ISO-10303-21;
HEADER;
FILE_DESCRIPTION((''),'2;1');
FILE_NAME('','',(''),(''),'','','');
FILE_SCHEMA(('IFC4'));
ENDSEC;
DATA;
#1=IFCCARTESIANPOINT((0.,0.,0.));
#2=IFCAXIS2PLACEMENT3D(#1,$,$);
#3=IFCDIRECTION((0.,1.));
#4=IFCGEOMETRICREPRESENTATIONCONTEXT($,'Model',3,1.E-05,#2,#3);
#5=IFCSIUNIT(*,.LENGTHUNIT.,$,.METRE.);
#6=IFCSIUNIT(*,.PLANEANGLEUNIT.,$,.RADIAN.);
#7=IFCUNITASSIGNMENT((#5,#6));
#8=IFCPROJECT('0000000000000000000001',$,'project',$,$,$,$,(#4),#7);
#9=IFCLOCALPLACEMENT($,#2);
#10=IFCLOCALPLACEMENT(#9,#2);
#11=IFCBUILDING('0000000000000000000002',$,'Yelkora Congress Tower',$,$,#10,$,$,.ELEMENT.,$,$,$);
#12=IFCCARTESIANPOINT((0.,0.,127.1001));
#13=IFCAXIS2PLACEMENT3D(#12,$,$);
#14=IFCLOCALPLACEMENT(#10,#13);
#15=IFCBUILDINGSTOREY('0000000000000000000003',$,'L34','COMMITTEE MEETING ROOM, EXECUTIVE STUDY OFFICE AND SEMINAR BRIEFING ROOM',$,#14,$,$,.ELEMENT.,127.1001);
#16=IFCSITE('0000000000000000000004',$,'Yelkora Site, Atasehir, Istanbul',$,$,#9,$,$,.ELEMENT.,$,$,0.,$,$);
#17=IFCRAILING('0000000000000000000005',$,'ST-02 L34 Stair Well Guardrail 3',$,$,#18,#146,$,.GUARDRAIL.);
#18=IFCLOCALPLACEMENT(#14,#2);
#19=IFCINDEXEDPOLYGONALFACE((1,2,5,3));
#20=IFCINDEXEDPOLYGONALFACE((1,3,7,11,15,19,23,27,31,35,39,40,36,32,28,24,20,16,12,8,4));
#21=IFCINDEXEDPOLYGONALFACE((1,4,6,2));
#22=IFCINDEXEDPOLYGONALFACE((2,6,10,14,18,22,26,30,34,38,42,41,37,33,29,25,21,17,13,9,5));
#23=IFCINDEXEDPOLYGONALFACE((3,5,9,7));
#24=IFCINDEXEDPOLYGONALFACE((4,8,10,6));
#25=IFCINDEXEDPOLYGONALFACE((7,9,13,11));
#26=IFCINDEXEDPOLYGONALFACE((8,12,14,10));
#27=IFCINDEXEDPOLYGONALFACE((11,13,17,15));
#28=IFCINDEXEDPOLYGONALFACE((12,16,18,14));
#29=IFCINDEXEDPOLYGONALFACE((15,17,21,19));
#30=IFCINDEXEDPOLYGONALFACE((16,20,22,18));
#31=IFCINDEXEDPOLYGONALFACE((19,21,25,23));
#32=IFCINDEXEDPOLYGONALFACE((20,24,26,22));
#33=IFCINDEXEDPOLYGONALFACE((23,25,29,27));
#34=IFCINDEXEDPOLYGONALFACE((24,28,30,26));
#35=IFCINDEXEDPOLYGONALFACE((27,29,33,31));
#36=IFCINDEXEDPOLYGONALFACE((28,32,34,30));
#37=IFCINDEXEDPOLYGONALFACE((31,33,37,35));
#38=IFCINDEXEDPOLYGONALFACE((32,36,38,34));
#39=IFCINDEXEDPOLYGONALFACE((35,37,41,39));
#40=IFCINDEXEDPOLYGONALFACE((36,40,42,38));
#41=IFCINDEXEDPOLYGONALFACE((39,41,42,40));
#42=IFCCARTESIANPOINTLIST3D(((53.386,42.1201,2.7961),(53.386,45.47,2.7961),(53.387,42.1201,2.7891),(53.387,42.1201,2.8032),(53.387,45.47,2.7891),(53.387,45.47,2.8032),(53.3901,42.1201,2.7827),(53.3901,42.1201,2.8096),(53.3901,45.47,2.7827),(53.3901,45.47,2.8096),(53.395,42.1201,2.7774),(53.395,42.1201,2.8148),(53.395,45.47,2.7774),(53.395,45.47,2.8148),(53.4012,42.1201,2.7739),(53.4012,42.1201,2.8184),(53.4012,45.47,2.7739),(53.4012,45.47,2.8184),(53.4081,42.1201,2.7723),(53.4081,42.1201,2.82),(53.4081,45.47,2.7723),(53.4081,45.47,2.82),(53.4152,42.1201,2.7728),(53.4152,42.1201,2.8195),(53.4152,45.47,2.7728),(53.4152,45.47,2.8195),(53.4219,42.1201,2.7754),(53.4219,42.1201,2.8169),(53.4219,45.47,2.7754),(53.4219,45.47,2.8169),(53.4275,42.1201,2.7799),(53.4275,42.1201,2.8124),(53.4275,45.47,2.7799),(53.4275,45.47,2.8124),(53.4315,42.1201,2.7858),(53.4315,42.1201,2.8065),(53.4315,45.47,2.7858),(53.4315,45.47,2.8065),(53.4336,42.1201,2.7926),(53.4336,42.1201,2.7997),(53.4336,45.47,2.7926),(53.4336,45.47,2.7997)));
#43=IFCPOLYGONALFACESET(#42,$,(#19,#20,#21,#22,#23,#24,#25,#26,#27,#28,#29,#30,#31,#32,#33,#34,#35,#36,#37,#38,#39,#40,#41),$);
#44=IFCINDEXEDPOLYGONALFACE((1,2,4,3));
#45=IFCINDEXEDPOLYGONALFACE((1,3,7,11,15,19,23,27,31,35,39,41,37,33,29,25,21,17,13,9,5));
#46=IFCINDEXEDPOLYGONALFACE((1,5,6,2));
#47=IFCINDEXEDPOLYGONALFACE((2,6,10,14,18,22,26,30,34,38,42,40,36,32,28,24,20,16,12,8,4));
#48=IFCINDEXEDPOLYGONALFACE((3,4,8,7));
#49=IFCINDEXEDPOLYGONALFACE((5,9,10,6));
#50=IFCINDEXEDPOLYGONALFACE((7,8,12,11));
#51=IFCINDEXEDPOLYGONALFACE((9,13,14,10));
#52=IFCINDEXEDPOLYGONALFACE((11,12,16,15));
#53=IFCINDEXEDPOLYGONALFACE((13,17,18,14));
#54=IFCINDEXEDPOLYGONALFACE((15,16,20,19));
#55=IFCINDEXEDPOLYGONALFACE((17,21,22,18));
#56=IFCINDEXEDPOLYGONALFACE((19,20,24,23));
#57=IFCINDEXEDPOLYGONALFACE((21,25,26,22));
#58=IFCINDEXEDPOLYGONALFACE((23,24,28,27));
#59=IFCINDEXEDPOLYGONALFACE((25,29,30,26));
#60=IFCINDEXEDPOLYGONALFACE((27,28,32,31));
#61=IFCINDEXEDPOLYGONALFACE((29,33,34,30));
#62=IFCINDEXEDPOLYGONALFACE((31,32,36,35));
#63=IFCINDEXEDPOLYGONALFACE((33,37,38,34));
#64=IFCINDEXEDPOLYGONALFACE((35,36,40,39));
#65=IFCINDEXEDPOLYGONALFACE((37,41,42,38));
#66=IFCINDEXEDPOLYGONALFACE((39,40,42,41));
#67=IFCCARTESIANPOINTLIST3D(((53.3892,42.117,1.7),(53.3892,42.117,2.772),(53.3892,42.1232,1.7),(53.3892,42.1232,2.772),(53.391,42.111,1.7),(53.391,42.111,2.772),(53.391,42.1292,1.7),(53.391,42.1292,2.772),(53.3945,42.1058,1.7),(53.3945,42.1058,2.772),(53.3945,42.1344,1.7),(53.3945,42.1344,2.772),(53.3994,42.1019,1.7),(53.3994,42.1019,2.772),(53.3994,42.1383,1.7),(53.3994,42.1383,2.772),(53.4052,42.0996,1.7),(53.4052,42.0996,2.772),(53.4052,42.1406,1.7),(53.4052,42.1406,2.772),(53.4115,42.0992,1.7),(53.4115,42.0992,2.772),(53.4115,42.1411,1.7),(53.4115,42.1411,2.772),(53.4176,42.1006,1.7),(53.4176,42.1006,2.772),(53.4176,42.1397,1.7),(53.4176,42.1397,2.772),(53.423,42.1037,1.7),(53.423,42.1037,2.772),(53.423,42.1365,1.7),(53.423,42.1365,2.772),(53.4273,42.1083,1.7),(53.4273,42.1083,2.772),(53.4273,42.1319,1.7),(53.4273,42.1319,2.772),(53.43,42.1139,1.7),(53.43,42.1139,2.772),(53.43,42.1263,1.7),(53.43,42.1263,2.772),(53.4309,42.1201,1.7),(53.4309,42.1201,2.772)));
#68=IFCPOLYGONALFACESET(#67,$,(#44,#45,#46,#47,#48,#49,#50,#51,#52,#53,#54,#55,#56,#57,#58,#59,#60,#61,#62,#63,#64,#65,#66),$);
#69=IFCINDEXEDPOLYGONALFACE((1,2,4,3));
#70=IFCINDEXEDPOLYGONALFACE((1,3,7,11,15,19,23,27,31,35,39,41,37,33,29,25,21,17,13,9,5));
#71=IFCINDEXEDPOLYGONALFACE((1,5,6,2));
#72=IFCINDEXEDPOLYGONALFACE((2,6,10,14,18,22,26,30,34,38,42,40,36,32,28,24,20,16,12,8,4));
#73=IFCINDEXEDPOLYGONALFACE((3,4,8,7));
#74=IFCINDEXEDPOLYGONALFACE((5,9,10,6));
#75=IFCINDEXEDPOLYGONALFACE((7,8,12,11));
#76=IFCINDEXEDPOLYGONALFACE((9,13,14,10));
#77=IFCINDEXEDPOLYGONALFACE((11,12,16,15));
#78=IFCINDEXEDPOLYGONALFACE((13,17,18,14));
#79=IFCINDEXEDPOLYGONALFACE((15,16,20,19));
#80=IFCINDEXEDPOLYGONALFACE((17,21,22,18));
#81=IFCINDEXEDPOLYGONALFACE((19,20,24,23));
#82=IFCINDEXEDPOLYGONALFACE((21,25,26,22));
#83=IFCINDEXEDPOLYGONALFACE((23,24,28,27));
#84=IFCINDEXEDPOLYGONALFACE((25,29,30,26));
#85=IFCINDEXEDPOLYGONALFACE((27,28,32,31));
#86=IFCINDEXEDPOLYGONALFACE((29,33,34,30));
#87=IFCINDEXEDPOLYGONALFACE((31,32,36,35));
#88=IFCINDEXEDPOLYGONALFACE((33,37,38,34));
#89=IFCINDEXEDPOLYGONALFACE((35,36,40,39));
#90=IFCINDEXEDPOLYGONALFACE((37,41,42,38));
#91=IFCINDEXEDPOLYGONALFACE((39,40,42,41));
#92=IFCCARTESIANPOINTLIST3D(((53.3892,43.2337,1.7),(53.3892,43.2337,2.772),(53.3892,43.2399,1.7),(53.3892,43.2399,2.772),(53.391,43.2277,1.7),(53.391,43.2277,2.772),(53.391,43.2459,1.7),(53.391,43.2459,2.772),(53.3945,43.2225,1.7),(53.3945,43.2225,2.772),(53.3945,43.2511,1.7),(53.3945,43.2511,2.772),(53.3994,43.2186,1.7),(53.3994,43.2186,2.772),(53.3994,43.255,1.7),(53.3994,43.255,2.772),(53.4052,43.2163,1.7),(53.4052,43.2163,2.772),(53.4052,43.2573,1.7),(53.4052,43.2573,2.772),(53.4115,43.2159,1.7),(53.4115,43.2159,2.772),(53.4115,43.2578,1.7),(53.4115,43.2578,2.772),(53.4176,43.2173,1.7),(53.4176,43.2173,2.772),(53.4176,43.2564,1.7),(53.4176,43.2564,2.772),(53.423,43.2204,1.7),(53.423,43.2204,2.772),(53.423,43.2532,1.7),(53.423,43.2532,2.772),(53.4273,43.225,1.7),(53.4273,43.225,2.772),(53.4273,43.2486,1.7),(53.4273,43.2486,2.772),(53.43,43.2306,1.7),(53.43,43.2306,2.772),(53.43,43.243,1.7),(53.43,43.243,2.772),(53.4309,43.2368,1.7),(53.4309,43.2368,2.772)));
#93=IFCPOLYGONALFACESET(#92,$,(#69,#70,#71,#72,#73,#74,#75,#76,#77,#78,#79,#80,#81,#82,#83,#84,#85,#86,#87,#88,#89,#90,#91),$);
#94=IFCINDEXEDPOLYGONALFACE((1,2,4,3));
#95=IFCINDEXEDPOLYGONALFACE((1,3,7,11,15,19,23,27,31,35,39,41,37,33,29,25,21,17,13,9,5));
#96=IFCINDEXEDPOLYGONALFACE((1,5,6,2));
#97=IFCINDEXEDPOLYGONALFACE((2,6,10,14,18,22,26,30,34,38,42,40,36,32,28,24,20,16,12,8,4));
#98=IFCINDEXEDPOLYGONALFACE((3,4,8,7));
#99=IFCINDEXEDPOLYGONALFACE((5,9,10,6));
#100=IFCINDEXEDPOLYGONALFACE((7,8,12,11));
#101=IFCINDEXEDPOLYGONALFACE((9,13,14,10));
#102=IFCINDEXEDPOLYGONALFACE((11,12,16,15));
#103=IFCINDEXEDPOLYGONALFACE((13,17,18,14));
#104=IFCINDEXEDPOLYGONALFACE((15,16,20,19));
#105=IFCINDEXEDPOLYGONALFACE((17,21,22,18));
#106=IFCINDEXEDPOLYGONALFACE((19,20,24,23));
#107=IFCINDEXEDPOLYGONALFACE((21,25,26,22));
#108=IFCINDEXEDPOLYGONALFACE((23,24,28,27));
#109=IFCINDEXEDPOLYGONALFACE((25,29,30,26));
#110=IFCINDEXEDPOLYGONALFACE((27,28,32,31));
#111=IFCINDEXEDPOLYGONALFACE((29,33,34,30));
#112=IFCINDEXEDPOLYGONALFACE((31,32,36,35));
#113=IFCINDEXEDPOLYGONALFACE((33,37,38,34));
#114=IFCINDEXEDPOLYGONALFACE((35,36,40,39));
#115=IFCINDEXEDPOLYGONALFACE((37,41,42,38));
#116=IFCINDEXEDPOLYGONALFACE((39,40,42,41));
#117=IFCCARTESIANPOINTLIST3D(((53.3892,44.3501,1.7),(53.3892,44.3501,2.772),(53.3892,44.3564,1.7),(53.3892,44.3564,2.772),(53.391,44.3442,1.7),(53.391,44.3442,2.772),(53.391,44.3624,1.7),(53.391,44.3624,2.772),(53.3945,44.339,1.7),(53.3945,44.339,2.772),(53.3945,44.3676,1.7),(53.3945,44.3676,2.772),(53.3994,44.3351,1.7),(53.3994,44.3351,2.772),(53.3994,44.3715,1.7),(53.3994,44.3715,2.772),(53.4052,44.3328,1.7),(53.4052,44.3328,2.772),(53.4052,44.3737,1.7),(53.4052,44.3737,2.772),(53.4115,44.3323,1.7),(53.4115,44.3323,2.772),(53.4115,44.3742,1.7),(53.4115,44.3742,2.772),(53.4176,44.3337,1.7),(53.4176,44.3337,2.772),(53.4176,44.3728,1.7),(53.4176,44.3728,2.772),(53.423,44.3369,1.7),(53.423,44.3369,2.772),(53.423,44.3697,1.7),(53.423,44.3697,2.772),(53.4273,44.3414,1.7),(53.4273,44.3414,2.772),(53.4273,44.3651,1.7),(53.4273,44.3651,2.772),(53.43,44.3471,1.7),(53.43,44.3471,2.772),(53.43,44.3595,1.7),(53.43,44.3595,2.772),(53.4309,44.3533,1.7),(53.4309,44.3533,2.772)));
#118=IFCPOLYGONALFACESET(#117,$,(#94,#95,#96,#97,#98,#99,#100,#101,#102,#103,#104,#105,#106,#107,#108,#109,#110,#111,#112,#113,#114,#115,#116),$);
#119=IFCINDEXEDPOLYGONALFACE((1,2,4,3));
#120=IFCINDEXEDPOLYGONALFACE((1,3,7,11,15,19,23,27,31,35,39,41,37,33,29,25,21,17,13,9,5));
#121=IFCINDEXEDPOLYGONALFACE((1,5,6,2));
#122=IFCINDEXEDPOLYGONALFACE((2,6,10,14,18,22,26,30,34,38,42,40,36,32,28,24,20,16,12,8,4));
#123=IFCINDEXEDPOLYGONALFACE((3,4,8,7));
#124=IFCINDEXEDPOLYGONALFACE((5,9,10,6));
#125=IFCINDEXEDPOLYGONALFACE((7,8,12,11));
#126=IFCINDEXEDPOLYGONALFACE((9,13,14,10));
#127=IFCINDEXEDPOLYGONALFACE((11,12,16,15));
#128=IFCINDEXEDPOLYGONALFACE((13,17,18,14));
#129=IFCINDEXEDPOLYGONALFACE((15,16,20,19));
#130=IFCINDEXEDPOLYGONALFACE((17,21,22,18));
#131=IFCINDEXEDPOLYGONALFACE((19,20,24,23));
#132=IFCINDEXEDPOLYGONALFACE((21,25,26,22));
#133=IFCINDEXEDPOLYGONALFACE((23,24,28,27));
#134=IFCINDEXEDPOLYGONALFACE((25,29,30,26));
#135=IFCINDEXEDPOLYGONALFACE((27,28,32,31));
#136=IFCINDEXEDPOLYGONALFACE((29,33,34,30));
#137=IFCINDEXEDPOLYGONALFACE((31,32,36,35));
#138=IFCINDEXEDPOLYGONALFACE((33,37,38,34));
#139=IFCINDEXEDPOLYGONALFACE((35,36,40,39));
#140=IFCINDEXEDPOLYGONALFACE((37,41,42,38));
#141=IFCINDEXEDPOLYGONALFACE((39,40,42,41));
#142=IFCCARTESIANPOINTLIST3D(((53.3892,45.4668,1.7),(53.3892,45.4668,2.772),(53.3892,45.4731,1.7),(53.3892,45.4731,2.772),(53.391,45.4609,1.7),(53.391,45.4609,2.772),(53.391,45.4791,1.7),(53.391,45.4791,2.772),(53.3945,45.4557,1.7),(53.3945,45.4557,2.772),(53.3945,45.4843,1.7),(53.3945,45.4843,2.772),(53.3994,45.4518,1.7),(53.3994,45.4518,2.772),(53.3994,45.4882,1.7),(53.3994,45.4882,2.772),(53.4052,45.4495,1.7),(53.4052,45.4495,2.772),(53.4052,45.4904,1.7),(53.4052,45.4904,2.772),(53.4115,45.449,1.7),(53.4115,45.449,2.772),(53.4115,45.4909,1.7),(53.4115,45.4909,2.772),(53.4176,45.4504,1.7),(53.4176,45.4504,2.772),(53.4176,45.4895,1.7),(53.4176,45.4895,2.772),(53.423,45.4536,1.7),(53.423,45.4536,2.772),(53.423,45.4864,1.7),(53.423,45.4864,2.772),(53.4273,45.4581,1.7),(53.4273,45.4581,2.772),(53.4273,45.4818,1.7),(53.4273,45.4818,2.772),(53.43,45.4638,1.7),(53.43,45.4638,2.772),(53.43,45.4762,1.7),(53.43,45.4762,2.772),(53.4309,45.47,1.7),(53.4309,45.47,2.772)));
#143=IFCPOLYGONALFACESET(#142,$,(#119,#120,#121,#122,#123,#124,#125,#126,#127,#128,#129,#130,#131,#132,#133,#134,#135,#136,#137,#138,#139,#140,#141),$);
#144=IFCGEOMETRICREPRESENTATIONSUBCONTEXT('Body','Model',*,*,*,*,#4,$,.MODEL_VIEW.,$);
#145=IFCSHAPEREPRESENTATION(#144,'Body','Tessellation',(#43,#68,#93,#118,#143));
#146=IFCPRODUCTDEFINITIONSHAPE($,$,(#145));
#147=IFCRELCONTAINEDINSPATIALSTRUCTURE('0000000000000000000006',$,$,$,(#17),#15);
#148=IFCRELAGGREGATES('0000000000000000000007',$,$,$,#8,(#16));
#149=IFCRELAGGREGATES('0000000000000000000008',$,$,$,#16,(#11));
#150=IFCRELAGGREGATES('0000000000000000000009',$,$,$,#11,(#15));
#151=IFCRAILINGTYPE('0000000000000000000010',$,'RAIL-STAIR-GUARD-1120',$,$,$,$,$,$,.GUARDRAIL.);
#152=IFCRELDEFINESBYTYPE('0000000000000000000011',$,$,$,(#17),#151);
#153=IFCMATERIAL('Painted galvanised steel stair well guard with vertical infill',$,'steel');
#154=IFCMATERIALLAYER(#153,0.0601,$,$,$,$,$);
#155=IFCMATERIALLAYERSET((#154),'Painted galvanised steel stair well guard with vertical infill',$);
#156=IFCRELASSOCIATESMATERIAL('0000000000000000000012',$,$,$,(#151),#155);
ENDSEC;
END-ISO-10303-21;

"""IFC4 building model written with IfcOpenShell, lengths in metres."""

from ifc_helpers import new_model, si_unit, direction, frame, origin, origin_2d, place, context, subcontext, project, spatial, circle, extrude, material, layer, layer_set, type_object, element, save


model = new_model("IFC4")

# Units and contexts
model_context = context("Model", 3, precision=1e-05, world=origin(), true_north=direction((0.0, 1.0)))
body_context = subcontext(model_context, "Body", "Model", "MODEL_VIEW")
ifc_project = project(units=[si_unit("LENGTHUNIT", "METRE"), si_unit("PLANEANGLEUNIT", "RADIAN")], contexts=[model_context])

# Site, building, storey
site_placement = place(None, origin())
site = spatial("IfcSite", under=ifc_project, at=site_placement, Name="Yelkora Site, Atasehir, Istanbul", CompositionType="ELEMENT", RefElevation=0.0)
building_placement = place(site_placement, origin())
building = spatial("IfcBuilding", under=site, at=building_placement, Name="Yelkora Congress Tower", CompositionType="ELEMENT")
storey_placement = place(building_placement, frame((0.0, 0.0, 127.1001)))
storey = spatial("IfcBuildingStorey", under=building, at=storey_placement, Name="L34", Description="COMMITTEE MEETING ROOM, EXECUTIVE STUDY OFFICE AND SEMINAR BRIEFING ROOM", CompositionType="ELEMENT", Elevation=127.1001)

# Railing
ifc_material_1 = material(Name="Painted galvanised steel stair well guard with vertical infill", Category="steel")
ifc_layer_1 = layer(ifc_material_1, 0.0601)
ifc_layer_set_1 = layer_set([ifc_layer_1], Name="Painted galvanised steel stair well guard with vertical infill")
railing_type_1 = type_object("IfcRailingType", Name="RAIL-STAIR-GUARD-1120", PredefinedType="GUARDRAIL", material=ifc_layer_set_1)
for number, where, name in (
    (1, (53.4099, 42.1201, 1.7), "ST-02 L34 Stair Well Guardrail 3"),
):
    element("IfcRailing", number, at=place(storey_placement, frame(where)), inside=storey, type_object=railing_type_1, Name=name, PredefinedType="GUARDRAIL", context=body_context, shape_type="SweptSolid", body=[
        extrude(circle(Radius=0.0239, at=origin_2d()), frame((0.0, 0.0, 1.0962), z_axis=(0.0, 1.0, 0.0), x_axis=(-1.0, 0.0, 0.0)), (0.0, 0.0, 1.0), 3.3499),
        extrude(circle(Radius=0.021, at=origin_2d()), origin(), (0.0, 0.0, 1.0), 1.072),
        extrude(circle(Radius=0.021, at=origin_2d()), frame((0.0, 1.1167, 0.0)), (0.0, 0.0, 1.0), 1.072),
        extrude(circle(Radius=0.021, at=origin_2d()), frame((0.0, 2.2332, 0.0)), (0.0, 0.0, 1.0), 1.072),
        extrude(circle(Radius=0.021, at=origin_2d()), frame((0.0, 3.3499, 0.0)), (0.0, 0.0, 1.0), 1.072),
    ])

save(model, "model.ifc")
